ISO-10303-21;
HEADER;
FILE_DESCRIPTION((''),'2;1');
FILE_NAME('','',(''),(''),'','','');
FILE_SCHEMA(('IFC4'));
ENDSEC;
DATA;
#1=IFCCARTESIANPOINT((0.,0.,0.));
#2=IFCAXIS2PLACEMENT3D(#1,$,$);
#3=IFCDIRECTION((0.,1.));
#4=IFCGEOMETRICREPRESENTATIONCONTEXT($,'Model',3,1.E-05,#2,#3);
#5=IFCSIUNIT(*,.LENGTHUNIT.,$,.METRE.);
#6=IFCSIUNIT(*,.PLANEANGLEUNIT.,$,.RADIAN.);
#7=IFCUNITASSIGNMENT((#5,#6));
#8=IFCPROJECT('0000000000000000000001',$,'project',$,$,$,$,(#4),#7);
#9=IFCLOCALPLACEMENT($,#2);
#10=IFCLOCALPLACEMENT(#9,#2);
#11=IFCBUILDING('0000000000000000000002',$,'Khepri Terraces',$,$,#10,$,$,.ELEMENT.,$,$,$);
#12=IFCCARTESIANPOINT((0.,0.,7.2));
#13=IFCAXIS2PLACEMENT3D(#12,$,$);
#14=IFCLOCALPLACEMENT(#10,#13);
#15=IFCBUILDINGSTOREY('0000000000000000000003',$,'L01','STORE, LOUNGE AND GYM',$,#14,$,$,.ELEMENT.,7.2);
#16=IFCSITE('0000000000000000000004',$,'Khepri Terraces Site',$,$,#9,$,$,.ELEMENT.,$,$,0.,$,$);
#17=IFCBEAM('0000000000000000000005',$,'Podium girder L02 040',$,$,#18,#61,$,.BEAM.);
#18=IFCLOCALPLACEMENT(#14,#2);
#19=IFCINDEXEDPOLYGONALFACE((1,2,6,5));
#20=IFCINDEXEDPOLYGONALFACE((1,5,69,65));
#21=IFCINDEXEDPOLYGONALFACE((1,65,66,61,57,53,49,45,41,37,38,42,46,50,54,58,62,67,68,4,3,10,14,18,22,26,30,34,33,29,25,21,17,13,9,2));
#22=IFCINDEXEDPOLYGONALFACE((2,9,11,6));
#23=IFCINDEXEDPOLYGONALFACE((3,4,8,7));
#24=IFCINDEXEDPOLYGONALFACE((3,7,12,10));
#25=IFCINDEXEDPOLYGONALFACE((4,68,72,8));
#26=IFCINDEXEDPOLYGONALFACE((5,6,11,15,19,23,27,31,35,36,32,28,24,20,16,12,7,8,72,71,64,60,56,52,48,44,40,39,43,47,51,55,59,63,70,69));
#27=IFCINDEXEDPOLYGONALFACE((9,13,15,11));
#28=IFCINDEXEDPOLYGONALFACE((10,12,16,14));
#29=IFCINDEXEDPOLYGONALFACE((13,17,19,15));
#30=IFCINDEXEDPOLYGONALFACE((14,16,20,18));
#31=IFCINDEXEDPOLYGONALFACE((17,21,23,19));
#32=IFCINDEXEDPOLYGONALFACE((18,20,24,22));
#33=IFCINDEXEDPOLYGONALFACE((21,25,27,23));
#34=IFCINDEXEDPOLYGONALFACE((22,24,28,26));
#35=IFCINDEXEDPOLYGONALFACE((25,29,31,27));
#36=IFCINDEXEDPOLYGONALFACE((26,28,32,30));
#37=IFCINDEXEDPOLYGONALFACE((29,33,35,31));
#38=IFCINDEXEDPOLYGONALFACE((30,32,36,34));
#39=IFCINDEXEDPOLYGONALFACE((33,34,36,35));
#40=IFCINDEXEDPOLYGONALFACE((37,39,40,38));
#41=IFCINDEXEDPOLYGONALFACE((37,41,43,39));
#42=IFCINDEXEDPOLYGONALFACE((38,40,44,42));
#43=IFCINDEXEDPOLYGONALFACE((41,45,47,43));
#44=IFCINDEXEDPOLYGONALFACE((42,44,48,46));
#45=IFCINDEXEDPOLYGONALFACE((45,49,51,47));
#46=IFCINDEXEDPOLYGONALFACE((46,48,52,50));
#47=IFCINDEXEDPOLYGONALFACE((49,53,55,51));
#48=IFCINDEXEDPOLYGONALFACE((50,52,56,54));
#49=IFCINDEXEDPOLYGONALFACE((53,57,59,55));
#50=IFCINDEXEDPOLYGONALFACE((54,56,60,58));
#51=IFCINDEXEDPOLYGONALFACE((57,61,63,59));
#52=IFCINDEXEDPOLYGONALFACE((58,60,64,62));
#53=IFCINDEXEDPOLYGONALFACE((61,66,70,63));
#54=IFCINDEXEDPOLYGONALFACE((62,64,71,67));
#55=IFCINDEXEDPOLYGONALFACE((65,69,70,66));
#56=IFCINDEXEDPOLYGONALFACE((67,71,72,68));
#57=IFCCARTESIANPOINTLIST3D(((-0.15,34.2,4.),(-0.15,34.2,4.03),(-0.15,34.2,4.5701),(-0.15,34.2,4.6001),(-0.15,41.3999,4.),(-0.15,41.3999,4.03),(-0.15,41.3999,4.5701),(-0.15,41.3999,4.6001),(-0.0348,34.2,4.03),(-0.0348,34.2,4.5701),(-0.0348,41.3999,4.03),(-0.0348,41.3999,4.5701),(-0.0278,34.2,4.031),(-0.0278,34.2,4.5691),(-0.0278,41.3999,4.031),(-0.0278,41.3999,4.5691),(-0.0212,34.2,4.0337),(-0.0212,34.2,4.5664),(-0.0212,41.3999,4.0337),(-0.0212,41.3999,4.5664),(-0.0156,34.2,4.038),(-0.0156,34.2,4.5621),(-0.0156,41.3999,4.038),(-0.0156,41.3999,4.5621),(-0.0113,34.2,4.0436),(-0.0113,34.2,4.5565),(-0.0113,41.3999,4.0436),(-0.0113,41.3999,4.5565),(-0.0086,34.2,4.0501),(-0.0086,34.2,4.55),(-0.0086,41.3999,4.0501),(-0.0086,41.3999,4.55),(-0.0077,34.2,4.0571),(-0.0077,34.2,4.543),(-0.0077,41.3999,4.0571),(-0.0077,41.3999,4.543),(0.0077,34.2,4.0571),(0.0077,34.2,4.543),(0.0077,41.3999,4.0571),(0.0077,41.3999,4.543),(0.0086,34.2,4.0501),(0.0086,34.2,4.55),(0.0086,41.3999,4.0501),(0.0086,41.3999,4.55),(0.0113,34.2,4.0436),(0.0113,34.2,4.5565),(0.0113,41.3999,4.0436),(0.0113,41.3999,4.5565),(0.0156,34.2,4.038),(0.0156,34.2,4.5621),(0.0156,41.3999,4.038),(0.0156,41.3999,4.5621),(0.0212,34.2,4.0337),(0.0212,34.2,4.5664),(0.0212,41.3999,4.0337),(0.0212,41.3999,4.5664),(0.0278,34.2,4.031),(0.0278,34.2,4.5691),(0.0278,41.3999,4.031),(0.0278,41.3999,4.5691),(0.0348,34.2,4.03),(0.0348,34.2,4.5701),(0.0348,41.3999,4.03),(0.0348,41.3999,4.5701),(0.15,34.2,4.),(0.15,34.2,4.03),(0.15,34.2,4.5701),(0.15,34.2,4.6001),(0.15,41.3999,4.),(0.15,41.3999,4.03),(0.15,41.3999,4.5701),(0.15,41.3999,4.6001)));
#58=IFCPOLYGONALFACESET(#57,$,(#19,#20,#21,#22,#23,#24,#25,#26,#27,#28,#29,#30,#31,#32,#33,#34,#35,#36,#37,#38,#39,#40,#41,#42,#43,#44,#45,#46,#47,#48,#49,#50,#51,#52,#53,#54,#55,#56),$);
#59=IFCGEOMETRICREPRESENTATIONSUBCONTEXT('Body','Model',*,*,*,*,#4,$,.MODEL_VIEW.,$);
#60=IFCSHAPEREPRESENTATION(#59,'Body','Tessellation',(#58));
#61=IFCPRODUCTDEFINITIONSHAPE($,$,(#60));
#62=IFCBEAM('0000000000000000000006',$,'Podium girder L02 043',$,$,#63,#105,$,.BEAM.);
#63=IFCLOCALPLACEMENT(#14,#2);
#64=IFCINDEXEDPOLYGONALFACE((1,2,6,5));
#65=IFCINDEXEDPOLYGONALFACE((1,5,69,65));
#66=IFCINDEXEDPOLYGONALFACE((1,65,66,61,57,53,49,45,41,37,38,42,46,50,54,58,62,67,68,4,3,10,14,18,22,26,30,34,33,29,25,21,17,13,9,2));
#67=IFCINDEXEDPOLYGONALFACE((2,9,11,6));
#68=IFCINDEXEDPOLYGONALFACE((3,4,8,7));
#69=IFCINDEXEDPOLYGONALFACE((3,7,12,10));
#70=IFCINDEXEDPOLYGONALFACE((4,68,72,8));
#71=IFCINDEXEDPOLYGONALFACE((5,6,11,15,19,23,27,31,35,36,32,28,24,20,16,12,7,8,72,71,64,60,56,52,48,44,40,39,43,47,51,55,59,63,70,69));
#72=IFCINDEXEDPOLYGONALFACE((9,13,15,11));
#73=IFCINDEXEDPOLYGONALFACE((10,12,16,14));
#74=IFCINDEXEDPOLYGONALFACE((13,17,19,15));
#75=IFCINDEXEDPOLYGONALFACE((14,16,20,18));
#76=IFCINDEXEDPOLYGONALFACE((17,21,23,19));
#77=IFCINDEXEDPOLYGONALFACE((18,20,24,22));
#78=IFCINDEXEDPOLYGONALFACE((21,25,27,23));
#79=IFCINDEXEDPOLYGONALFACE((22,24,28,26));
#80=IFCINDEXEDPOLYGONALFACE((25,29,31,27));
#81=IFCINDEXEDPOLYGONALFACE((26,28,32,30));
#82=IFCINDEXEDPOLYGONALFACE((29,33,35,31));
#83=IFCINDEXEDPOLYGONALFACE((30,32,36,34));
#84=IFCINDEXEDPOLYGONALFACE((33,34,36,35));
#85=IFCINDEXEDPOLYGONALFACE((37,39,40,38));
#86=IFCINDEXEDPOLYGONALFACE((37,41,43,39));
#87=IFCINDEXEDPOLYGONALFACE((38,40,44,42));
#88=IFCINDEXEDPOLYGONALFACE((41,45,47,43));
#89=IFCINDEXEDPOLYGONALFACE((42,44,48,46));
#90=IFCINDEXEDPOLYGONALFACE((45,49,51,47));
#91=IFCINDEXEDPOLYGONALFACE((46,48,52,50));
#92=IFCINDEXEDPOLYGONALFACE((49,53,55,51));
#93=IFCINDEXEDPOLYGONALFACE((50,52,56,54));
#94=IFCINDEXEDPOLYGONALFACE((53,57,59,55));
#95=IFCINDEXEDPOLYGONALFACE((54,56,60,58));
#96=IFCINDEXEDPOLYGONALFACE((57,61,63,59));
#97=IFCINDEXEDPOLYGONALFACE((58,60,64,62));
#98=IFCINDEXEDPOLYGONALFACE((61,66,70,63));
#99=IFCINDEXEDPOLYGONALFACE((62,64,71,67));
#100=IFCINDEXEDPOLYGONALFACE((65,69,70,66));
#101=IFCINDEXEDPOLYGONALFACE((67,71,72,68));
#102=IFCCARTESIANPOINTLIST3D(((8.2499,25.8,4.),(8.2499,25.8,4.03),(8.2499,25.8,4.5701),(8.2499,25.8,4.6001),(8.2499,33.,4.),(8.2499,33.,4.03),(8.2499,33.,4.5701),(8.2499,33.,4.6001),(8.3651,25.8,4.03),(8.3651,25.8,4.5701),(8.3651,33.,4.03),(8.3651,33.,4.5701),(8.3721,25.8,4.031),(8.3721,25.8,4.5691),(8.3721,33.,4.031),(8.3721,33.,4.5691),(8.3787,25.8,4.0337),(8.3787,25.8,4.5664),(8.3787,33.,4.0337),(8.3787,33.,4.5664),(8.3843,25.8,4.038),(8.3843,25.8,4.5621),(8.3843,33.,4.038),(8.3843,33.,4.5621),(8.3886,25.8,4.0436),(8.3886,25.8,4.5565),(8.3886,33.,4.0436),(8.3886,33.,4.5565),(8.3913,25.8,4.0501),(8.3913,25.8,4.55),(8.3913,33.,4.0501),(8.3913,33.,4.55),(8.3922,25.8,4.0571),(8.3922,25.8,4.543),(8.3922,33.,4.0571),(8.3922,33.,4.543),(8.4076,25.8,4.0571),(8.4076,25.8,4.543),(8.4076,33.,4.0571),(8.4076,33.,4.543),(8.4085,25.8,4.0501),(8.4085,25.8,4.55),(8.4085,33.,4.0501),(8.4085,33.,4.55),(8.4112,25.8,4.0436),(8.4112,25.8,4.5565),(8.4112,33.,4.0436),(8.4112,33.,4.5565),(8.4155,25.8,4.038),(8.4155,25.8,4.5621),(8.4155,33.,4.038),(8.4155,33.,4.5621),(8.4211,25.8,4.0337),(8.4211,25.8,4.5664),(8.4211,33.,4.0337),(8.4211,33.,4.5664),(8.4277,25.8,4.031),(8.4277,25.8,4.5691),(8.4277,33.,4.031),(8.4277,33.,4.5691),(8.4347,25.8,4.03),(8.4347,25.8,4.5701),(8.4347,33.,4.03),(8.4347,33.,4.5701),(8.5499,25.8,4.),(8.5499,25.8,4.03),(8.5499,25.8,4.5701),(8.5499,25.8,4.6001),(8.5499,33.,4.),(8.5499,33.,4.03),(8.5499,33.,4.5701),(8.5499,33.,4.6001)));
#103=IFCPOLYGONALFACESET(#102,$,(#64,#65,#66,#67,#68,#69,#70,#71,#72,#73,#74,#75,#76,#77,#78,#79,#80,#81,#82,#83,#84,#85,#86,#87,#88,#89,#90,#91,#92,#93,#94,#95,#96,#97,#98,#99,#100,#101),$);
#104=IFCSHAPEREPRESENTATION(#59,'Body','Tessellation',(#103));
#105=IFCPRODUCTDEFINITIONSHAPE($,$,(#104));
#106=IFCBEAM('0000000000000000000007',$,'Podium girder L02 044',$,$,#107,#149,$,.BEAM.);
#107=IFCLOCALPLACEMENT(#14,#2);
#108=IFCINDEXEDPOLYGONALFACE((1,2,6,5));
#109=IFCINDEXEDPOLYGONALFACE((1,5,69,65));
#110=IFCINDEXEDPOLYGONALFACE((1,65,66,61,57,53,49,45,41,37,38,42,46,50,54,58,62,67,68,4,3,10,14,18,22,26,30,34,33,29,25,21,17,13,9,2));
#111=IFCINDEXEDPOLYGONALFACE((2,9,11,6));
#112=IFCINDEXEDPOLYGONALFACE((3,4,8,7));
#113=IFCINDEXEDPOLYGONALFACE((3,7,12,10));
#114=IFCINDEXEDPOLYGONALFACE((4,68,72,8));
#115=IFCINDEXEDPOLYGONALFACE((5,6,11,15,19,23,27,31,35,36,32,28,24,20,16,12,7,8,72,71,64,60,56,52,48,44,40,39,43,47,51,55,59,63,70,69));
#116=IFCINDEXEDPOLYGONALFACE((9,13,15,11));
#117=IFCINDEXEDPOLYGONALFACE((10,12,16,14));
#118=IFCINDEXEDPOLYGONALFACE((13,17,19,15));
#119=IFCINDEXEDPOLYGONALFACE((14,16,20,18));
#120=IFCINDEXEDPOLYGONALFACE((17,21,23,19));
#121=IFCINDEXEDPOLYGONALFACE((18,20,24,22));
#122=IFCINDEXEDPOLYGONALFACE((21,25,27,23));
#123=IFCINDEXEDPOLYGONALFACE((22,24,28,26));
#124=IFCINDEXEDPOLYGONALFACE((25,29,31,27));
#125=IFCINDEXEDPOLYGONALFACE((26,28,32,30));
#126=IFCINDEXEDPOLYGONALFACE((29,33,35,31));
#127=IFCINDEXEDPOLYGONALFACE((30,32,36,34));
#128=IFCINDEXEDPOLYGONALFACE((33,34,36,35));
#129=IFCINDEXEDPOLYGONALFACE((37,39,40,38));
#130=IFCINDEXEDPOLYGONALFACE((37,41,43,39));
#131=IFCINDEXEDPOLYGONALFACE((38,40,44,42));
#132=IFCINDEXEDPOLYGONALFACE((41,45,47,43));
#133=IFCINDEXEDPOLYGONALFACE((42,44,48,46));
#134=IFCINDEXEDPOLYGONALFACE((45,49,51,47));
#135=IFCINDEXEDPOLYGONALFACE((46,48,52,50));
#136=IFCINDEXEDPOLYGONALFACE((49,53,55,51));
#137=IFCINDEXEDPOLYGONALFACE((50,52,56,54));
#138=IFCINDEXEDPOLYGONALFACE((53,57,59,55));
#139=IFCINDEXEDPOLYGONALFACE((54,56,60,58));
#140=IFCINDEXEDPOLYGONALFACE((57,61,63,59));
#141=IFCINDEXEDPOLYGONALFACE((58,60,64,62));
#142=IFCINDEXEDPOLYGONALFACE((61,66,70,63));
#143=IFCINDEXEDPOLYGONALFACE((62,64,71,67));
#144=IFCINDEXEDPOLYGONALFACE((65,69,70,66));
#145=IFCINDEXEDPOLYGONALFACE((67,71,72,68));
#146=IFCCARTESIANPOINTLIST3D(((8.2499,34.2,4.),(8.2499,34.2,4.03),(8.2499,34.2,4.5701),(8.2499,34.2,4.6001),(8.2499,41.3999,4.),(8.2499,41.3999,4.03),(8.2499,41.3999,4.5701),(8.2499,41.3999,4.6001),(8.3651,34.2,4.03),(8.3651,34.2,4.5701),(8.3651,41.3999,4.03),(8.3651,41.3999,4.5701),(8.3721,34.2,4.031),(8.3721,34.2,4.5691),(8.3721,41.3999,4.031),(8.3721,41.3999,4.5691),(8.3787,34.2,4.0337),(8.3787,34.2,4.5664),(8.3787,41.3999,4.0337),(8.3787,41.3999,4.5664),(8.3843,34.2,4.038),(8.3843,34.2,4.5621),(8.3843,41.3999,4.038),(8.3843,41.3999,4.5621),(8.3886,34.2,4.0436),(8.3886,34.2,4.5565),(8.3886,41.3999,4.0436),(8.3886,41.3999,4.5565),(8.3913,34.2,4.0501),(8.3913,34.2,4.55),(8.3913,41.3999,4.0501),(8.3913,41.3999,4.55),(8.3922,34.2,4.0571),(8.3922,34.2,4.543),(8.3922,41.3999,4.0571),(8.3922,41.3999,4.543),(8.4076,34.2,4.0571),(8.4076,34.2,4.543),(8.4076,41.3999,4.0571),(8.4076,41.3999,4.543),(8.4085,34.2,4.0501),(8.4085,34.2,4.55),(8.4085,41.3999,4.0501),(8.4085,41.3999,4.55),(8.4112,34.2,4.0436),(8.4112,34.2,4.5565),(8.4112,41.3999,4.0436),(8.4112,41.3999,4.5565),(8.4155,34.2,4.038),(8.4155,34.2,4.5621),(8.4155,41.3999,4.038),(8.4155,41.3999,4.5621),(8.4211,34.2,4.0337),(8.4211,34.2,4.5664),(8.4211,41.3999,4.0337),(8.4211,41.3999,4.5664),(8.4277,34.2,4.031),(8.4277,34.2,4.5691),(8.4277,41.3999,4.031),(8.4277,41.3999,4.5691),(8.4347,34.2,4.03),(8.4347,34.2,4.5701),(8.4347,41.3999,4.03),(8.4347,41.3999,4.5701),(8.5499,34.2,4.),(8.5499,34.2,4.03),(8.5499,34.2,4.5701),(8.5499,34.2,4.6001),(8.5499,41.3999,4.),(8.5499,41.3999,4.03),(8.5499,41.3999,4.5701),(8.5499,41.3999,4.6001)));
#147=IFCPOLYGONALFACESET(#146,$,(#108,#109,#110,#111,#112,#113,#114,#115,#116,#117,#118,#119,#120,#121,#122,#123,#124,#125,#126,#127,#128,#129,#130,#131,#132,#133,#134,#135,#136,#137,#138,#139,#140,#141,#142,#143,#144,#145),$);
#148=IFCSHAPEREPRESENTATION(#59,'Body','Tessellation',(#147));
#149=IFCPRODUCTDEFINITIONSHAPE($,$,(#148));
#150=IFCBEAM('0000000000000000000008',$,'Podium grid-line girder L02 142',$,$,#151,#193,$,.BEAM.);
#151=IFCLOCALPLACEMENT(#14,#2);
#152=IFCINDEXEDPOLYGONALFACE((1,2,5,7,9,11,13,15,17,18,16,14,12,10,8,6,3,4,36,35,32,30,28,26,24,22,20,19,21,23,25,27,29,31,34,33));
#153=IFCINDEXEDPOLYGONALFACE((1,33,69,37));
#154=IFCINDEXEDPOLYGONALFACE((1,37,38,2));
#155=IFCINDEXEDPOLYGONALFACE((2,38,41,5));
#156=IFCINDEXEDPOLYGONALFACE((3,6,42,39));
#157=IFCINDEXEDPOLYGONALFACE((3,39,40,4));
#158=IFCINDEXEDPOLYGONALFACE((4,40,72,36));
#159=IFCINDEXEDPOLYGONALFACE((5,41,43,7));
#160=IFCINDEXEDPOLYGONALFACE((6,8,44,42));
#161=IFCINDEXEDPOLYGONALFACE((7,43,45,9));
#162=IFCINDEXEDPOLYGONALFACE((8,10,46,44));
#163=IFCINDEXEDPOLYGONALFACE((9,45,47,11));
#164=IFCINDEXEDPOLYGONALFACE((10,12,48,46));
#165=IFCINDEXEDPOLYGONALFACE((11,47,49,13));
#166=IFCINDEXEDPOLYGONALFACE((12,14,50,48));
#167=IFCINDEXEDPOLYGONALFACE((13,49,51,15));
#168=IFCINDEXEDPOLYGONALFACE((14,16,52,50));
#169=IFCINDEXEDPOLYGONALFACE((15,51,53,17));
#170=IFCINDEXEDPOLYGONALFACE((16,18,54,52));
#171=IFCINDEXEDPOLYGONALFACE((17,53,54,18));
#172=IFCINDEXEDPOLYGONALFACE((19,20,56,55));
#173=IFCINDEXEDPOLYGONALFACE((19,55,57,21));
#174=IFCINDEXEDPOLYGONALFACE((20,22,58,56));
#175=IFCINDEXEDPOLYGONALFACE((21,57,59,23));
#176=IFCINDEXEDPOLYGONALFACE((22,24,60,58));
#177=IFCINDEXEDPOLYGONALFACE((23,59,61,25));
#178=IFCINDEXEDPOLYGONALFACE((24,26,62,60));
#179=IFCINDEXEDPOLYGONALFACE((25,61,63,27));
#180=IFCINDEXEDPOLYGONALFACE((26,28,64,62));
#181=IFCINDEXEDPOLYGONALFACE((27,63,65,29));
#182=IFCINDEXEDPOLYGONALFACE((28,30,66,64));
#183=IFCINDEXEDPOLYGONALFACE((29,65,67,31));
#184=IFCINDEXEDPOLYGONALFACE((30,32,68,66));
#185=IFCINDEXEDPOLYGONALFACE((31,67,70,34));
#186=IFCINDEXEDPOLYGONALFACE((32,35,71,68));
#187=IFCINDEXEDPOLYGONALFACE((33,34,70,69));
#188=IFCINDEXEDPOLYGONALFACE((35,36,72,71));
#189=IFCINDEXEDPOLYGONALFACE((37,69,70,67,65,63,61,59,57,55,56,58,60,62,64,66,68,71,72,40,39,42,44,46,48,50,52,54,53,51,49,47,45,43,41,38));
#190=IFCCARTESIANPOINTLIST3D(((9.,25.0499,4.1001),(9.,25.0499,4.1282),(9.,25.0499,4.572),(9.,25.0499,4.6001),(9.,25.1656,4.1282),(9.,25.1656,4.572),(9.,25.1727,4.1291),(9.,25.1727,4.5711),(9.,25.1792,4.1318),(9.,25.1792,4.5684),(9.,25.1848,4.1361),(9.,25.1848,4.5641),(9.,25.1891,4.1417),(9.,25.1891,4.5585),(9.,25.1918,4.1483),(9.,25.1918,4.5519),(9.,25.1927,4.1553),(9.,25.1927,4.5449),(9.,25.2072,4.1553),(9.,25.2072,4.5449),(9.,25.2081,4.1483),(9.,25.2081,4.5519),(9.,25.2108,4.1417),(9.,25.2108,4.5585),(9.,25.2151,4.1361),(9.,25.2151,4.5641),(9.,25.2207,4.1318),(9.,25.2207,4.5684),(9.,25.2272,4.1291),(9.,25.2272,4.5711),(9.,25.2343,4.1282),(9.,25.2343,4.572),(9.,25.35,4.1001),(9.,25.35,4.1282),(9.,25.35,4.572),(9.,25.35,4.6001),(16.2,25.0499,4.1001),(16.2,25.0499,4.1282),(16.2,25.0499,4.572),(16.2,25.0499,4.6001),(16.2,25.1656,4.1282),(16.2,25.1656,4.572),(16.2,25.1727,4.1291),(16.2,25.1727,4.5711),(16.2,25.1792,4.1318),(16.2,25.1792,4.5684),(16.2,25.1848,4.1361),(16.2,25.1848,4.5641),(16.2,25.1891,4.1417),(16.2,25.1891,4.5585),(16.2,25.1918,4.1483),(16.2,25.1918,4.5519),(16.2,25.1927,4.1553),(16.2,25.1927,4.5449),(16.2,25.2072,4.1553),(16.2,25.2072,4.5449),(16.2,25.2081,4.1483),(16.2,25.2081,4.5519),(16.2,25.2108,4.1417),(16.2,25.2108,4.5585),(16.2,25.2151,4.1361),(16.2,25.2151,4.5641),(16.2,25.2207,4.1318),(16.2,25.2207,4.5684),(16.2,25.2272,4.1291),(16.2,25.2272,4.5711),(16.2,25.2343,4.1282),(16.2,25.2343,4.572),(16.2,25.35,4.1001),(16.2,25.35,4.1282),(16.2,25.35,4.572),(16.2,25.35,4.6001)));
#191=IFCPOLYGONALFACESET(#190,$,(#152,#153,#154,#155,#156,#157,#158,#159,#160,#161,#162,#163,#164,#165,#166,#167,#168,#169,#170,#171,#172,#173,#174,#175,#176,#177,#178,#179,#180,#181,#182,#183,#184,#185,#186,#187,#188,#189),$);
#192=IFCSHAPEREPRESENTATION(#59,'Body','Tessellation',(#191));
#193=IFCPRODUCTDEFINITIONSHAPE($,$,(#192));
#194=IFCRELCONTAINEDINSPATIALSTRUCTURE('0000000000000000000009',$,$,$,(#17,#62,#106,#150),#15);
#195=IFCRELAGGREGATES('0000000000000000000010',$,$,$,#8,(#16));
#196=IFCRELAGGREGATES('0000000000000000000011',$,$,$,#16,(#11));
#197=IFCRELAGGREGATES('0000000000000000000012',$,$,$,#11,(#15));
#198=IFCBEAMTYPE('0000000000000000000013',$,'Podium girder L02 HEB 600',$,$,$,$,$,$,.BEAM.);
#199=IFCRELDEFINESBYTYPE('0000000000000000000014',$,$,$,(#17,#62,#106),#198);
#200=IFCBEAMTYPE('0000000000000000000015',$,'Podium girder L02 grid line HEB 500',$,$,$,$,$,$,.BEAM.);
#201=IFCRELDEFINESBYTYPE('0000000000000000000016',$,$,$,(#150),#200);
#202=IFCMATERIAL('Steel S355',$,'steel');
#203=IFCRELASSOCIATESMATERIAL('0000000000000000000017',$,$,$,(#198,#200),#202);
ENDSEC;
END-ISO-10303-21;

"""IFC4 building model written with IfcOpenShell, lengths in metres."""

from ifc_helpers import new_model, si_unit, direction, frame, origin, origin_2d, place, context, subcontext, project, spatial, i_section, extrude, material, material_profile, profile_set, type_object, element, save


model = new_model("IFC4")

# Units and contexts
model_context = context("Model", 3, precision=1e-05, world=origin(), true_north=direction((0.0, 1.0)))
body_context = subcontext(model_context, "Body", "Model", "MODEL_VIEW")
ifc_project = project(units=[si_unit("LENGTHUNIT", "METRE"), si_unit("PLANEANGLEUNIT", "RADIAN")], contexts=[model_context])

# Site, building, storey
site_placement = place(None, origin())
site = spatial("IfcSite", under=ifc_project, at=site_placement, Name="Khepri Terraces Site", CompositionType="ELEMENT", RefElevation=0.0)
building_placement = place(site_placement, origin())
building = spatial("IfcBuilding", under=site, at=building_placement, Name="Khepri Terraces", CompositionType="ELEMENT")
storey_placement = place(building_placement, frame((0.0, 0.0, 7.2)))
storey = spatial("IfcBuildingStorey", under=building, at=storey_placement, Name="L01", Description="STORE, LOUNGE AND GYM", CompositionType="ELEMENT", Elevation=7.2)

# Beams
ifc_material_1 = material(Name="Steel S355", Category="steel")
ifc_material_profile_1 = material_profile(ifc_material_1, i_section(OverallWidth=0.3, OverallDepth=0.6001, WebThickness=0.0154, FlangeThickness=0.03, FilletRadius=0.0271, at=origin_2d()), Name="Steel S355", Category="steel")
ifc_profile_set_1 = profile_set([ifc_material_profile_1], Name="Steel S355")
beam_type_1 = type_object("IfcBeamType", Name="Podium girder L02 HEB 600", PredefinedType="BEAM", material=ifc_profile_set_1)
for number, where, z_axis, x_axis, name in (
    (1, (0.0, 34.2, 4.3), (0.0, 1.0, 0.0), (-1.0, 0.0, 0.0), "Podium girder L02 040"),
    (2, (8.3999, 25.8, 4.3), (0.0, 1.0, 0.0), (-1.0, 0.0, 0.0), "Podium girder L02 043"),
    (3, (8.3999, 34.2, 4.3), (0.0, 1.0, 0.0), (-1.0, 0.0, 0.0), "Podium girder L02 044"),
):
    element("IfcBeam", number, at=place(storey_placement, frame(where, z_axis=z_axis, x_axis=x_axis)), inside=storey, type_object=beam_type_1, Name=name, PredefinedType="BEAM", context=body_context, shape_type="SweptSolid", body=[
        extrude(i_section(OverallWidth=0.3, OverallDepth=0.6001, WebThickness=0.0154, FlangeThickness=0.03, FilletRadius=0.0271, at=origin_2d()), origin(), (0.0, 0.0, 1.0), 7.2),
    ])
ifc_material_profile_2 = material_profile(ifc_material_1, i_section(OverallWidth=0.3, OverallDepth=0.5, WebThickness=0.0144, FlangeThickness=0.0281, FilletRadius=0.0271, at=origin_2d()), Name="Steel S355", Category="steel")
ifc_profile_set_2 = profile_set([ifc_material_profile_2], Name="Steel S355")
beam_type_2 = type_object("IfcBeamType", Name="Podium girder L02 grid line HEB 500", PredefinedType="BEAM", material=ifc_profile_set_2)
for number, where, z_axis, x_axis, name in (
    (4, (9.0, 25.2, 4.3501), (1.0, 0.0, 0.0), (0.0, 1.0, 0.0), "Podium grid-line girder L02 142"),
):
    element("IfcBeam", number, at=place(storey_placement, frame(where, z_axis=z_axis, x_axis=x_axis)), inside=storey, type_object=beam_type_2, Name=name, PredefinedType="BEAM", context=body_context, shape_type="SweptSolid", body=[
        extrude(i_section(OverallWidth=0.3, OverallDepth=0.5, WebThickness=0.0144, FlangeThickness=0.0281, FilletRadius=0.0271, at=origin_2d()), origin(), (0.0, 0.0, 1.0), 7.2),
    ])

save(model, "model.ifc")
